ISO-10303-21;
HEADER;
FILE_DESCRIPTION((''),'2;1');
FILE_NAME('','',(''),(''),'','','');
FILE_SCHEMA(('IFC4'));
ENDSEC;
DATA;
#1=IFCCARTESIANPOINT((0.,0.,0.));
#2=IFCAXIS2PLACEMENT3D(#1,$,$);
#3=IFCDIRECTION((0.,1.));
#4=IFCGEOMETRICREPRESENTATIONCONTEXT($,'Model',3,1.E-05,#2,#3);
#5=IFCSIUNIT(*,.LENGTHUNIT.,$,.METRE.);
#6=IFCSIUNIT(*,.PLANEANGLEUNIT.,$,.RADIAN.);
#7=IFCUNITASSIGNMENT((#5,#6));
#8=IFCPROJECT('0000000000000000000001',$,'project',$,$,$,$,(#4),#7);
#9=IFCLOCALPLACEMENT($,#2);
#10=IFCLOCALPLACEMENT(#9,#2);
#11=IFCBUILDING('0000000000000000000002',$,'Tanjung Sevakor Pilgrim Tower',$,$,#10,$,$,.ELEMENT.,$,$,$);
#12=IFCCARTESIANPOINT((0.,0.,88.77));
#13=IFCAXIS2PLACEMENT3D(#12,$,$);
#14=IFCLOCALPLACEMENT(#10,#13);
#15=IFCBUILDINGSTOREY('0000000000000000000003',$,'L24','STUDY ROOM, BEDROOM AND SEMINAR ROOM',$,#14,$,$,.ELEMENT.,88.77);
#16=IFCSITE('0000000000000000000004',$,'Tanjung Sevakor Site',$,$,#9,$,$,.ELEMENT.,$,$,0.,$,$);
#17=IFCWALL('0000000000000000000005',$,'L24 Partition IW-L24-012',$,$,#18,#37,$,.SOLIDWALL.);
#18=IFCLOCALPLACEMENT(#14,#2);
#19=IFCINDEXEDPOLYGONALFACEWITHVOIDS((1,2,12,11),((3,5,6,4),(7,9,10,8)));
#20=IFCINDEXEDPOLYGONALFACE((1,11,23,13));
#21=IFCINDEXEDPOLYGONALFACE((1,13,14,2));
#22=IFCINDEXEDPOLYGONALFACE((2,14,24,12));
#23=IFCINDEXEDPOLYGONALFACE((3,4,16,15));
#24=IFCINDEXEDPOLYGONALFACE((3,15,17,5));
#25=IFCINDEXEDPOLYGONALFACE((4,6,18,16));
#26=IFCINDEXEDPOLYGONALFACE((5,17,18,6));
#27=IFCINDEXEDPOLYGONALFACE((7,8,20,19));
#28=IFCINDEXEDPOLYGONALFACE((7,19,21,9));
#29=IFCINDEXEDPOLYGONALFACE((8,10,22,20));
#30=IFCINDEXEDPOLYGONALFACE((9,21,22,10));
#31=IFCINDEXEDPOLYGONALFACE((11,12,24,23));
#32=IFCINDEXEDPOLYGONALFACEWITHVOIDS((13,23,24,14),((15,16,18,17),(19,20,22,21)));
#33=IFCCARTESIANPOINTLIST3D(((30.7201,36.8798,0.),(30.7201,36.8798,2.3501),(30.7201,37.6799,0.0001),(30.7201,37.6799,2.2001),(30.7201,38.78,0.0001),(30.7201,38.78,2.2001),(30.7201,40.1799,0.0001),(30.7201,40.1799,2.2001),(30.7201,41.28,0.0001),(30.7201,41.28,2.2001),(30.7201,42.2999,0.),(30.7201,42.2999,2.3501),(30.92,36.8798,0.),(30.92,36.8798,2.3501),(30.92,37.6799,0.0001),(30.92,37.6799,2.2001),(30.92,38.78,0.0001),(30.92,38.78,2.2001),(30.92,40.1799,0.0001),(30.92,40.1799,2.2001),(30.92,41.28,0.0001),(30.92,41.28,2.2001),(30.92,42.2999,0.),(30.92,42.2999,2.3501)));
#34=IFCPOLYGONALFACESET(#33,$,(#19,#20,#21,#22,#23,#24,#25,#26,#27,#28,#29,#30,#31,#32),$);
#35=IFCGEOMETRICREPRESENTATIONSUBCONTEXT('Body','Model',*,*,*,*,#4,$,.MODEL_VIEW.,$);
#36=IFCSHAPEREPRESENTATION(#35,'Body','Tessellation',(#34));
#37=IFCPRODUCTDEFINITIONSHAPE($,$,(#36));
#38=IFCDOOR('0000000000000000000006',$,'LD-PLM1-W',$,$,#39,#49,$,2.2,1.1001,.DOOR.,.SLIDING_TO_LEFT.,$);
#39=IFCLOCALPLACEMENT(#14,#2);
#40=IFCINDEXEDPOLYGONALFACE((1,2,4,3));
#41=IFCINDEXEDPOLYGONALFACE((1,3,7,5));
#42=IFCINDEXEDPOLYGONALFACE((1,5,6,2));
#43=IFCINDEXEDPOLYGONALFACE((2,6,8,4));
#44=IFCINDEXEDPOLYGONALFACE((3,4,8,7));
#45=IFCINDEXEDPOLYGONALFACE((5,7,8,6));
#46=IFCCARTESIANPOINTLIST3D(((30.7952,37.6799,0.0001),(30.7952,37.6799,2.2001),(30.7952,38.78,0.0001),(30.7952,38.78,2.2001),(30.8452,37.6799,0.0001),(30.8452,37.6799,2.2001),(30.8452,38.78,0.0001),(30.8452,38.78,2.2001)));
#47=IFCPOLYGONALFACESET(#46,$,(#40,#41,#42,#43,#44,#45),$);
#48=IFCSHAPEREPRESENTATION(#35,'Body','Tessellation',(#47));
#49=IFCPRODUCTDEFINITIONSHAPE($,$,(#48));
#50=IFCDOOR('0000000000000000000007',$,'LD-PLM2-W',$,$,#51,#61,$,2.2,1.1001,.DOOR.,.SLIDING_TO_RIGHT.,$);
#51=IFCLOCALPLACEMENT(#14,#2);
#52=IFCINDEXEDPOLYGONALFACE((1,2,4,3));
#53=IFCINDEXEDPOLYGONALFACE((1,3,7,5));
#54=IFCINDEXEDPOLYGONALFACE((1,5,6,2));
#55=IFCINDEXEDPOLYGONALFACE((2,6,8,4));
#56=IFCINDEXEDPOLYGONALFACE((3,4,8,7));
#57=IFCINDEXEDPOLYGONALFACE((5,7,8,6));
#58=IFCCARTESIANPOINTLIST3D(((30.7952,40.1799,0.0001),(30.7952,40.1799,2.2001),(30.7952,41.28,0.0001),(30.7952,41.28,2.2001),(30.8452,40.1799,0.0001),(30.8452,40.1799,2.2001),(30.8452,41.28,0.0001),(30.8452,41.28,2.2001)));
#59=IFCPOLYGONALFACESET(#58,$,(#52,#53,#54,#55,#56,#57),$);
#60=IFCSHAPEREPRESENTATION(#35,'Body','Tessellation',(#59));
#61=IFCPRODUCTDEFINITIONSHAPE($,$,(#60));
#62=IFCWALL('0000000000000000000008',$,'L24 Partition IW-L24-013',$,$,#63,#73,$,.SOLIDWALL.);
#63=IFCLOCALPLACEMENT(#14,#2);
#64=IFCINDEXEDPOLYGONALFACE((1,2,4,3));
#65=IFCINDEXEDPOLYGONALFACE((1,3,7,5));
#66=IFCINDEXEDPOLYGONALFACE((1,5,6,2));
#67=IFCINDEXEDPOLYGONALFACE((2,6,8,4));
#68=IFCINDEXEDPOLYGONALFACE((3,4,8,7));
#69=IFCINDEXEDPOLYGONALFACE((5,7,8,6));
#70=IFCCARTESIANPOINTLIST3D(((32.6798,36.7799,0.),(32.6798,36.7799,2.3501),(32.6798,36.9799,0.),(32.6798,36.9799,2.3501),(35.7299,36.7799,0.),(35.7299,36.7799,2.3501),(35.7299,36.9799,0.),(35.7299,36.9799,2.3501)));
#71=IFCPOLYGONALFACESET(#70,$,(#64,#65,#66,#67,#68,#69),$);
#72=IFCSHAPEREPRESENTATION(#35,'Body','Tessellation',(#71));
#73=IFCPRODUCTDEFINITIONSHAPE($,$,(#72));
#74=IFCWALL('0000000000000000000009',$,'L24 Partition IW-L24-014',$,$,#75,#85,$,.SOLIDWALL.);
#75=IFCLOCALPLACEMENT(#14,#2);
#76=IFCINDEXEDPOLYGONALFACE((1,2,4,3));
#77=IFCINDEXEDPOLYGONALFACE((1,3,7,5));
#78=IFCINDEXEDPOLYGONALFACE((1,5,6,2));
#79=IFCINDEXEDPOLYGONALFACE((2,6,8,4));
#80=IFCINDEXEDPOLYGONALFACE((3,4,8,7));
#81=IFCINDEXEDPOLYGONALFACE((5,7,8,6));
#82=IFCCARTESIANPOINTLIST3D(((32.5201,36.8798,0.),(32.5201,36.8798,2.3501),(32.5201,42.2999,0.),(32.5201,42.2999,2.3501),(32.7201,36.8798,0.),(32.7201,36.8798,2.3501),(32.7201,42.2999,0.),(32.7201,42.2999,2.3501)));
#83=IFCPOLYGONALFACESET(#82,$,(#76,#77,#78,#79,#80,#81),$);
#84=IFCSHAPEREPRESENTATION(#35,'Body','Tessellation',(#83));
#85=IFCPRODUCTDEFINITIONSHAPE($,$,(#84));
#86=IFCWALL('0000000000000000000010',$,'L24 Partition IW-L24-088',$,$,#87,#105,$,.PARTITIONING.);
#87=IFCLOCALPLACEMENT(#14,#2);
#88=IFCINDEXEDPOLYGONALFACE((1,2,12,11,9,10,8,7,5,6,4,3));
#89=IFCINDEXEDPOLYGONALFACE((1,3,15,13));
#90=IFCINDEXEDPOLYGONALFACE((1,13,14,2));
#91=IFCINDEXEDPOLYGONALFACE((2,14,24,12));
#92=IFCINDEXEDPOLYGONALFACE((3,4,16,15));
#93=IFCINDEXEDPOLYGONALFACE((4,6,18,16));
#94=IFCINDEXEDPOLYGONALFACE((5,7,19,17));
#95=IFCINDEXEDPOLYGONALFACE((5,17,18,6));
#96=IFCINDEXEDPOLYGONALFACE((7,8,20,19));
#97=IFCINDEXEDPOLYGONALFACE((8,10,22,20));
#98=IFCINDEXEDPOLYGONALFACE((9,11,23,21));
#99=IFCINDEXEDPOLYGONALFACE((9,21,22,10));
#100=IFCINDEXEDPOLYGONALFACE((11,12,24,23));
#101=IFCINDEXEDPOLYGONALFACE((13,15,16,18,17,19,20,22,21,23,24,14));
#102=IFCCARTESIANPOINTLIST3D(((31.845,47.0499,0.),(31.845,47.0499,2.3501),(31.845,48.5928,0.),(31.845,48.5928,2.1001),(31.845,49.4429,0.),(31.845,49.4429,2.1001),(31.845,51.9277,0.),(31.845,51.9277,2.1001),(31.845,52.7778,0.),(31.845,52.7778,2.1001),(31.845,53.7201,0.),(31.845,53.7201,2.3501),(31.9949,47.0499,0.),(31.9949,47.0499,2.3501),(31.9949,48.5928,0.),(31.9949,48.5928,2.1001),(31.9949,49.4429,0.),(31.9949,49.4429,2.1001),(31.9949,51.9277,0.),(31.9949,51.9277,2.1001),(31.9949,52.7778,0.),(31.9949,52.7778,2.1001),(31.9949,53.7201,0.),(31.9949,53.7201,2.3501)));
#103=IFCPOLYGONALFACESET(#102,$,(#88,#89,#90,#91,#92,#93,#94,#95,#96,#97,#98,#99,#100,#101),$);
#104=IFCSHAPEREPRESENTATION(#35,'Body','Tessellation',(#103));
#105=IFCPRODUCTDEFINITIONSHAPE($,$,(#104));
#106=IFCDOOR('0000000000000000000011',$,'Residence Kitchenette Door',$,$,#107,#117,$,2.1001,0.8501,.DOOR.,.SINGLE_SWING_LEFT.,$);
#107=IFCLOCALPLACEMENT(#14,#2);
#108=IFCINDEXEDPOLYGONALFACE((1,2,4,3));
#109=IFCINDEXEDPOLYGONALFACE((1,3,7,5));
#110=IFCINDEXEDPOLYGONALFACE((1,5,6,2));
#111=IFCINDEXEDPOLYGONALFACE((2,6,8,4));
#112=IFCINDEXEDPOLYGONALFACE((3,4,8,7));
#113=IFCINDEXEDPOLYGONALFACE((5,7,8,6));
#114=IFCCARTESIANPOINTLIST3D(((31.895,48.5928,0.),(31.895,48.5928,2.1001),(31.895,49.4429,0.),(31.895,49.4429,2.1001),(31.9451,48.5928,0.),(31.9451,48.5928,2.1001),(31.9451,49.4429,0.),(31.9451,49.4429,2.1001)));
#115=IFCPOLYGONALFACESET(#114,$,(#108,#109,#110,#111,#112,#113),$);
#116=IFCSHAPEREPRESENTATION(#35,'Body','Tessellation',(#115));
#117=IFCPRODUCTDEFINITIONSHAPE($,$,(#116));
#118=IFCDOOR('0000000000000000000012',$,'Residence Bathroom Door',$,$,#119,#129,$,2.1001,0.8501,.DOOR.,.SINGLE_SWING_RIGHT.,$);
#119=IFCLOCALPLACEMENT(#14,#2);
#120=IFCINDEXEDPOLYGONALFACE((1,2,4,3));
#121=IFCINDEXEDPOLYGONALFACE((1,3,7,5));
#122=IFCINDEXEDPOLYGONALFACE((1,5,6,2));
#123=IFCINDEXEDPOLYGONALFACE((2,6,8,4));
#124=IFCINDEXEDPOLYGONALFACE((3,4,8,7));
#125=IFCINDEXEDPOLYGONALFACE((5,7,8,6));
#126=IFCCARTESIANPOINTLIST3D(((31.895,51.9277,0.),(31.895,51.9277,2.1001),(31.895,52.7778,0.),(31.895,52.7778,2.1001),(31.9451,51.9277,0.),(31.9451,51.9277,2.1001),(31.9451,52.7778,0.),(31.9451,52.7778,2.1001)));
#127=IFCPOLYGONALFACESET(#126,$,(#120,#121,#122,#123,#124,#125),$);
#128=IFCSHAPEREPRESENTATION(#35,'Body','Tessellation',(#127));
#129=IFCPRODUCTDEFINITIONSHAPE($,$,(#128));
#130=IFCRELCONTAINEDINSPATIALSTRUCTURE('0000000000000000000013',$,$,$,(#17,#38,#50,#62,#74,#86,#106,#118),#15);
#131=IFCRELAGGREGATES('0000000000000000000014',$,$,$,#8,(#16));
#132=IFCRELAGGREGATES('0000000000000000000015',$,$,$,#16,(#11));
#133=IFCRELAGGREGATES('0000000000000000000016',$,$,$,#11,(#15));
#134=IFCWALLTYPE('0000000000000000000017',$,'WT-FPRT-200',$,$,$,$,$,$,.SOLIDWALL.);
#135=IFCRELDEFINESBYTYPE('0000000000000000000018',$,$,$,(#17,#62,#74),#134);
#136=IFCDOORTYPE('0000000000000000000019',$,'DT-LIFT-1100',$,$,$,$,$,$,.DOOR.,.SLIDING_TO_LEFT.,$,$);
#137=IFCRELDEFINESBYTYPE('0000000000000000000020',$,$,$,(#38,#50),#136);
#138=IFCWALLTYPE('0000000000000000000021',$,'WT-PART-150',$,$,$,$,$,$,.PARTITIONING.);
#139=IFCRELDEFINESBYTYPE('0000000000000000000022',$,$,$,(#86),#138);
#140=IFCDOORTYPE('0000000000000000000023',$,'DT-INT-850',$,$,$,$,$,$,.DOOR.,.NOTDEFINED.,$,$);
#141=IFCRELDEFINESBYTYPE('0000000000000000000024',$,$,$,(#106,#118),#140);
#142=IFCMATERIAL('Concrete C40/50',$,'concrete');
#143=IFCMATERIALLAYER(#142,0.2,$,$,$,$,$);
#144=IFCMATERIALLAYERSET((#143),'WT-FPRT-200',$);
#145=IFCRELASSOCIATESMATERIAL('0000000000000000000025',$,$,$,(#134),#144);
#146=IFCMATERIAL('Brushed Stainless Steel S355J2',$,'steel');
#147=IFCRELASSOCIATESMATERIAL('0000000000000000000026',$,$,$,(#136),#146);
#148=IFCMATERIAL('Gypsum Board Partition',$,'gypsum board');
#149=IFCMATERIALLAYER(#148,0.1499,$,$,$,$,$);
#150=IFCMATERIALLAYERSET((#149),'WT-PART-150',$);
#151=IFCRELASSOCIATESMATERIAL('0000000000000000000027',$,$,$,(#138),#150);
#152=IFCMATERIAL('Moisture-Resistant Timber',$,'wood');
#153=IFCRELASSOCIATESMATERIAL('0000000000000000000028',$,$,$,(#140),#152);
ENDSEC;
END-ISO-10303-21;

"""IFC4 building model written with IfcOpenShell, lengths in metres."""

from ifc_helpers import new_model, si_unit, direction, frame, frame_2d, origin, place, context, subcontext, project, spatial, rectangle, extrude, material, layer, layer_set, type_object, element, fill, save


model = new_model("IFC4")

# Units and contexts
model_context = context("Model", 3, precision=1e-05, world=origin(), true_north=direction((0.0, 1.0)))
body_context = subcontext(model_context, "Body", "Model", "MODEL_VIEW")
ifc_project = project(units=[si_unit("LENGTHUNIT", "METRE"), si_unit("PLANEANGLEUNIT", "RADIAN")], contexts=[model_context])

# Site, building, storey
site_placement = place(None, origin())
site = spatial("IfcSite", under=ifc_project, at=site_placement, Name="Tanjung Sevakor Site", CompositionType="ELEMENT", RefElevation=0.0)
building_placement = place(site_placement, origin())
building = spatial("IfcBuilding", under=site, at=building_placement, Name="Tanjung Sevakor Pilgrim Tower", CompositionType="ELEMENT")
storey_placement = place(building_placement, frame((0.0, 0.0, 88.77)))
storey = spatial("IfcBuildingStorey", under=building, at=storey_placement, Name="L24", Description="STUDY ROOM, BEDROOM AND SEMINAR ROOM", CompositionType="ELEMENT", Elevation=88.77)

# Wall, openings, doors
ifc_material_1 = material(Name="Concrete C40/50", Category="concrete")
ifc_layer_1 = layer(ifc_material_1, 0.2)
ifc_layer_set_1 = layer_set([ifc_layer_1], Name="WT-FPRT-200")
wall_type_1 = type_object("IfcWallType", Name="WT-FPRT-200", PredefinedType="SOLIDWALL", material=ifc_layer_set_1)
wall_1_placement = place(storey_placement, frame((30.8201, 36.8799, 0.0), z_axis=(0.0, 0.0, 1.0), x_axis=(0.0, 1.0, 0.0)))
wall_1 = element("IfcWall", 1, at=wall_1_placement, inside=storey, type_object=wall_type_1, Name="L24 Partition IW-L24-012", PredefinedType="SOLIDWALL", context=body_context, shape_type="SweptSolid", body=[
    extrude(rectangle(XDim=5.4202, YDim=0.2, at=frame_2d((2.71, 0.0))), origin(), (0.0, 0.0, 1.0), 2.3501),
])
opening_1_placement = place(wall_1_placement, frame((0.8, 0.0, 0.0)))
opening_1 = element("IfcOpeningElement", 2, at=opening_1_placement, cuts=wall_1, PredefinedType="OPENING", context=body_context, shape_type="SweptSolid", body=[
    extrude(rectangle(XDim=1.1001, YDim=2.2, at=frame_2d((0.55, 1.1001))), frame((0.0, 0.1099, 0.0), z_axis=(0.0, -1.0, 0.0), x_axis=(1.0, 0.0, 0.0)), (0.0, 0.0, 1.0), 0.22),
])
opening_2_placement = place(wall_1_placement, frame((3.3, 0.0, 0.0)))
opening_2 = element("IfcOpeningElement", 3, at=opening_2_placement, cuts=wall_1, PredefinedType="OPENING", context=body_context, shape_type="SweptSolid", body=[
    extrude(rectangle(XDim=1.1001, YDim=2.2, at=frame_2d((0.55, 1.1001))), frame((0.0, 0.1099, 0.0), z_axis=(0.0, -1.0, 0.0), x_axis=(1.0, 0.0, 0.0)), (0.0, 0.0, 1.0), 0.22),
])
ifc_material_2 = material(Name="Brushed Stainless Steel S355J2", Category="steel")
door_type_1 = type_object("IfcDoorType", Name="DT-LIFT-1100", OperationType="SLIDING_TO_LEFT", PredefinedType="DOOR", material=ifc_material_2)
door_1_placement = place(opening_1_placement, origin())
door_1 = element("IfcDoor", 4, at=door_1_placement, inside=storey, type_object=door_type_1, Name="LD-PLM1-W", OperationType="SLIDING_TO_LEFT", OverallHeight=2.2, OverallWidth=1.1001, PredefinedType="DOOR", context=body_context, shape_type="SweptSolid", body=[
    extrude(rectangle(XDim=1.1001, YDim=2.2, at=frame_2d((0.55, 1.1001))), frame((0.0, 0.0249, 0.0), z_axis=(0.0, -1.0, 0.0), x_axis=(1.0, 0.0, 0.0)), (0.0, 0.0, 1.0), 0.05),
])
fill(opening_1, door_1)
door_2_placement = place(opening_2_placement, origin())
door_2 = element("IfcDoor", 5, at=door_2_placement, inside=storey, type_object=door_type_1, Name="LD-PLM2-W", OperationType="SLIDING_TO_RIGHT", OverallHeight=2.2, OverallWidth=1.1001, PredefinedType="DOOR", context=body_context, shape_type="SweptSolid", body=[
    extrude(rectangle(XDim=1.1001, YDim=2.2, at=frame_2d((0.55, 1.1001))), frame((0.0, 0.0249, 0.0), z_axis=(0.0, -1.0, 0.0), x_axis=(1.0, 0.0, 0.0)), (0.0, 0.0, 1.0), 0.05),
])
fill(opening_2, door_2)

# Walls
wall_2_placement = place(storey_placement, frame((32.6799, 36.8799, 0.0), z_axis=(0.0, 0.0, 1.0), x_axis=(1.0, 0.0, 0.0)))
element("IfcWall", 6, at=wall_2_placement, inside=storey, type_object=wall_type_1, Name="L24 Partition IW-L24-013", PredefinedType="SOLIDWALL", context=body_context, shape_type="SweptSolid", body=[
    extrude(rectangle(XDim=3.05, YDim=0.2, at=frame_2d((1.5249, 0.0))), origin(), (0.0, 0.0, 1.0), 2.3501),
])
wall_3_placement = place(storey_placement, frame((32.6201, 36.8799, 0.0), z_axis=(0.0, 0.0, 1.0), x_axis=(0.0, 1.0, 0.0)))
element("IfcWall", 7, at=wall_3_placement, inside=storey, type_object=wall_type_1, Name="L24 Partition IW-L24-014", PredefinedType="SOLIDWALL", context=body_context, shape_type="SweptSolid", body=[
    extrude(rectangle(XDim=5.4202, YDim=0.2, at=frame_2d((2.71, 0.0))), origin(), (0.0, 0.0, 1.0), 2.3501),
])

# Wall, openings, doors
ifc_material_3 = material(Name="Gypsum Board Partition", Category="gypsum board")
ifc_layer_2 = layer(ifc_material_3, 0.1499)
ifc_layer_set_2 = layer_set([ifc_layer_2], Name="WT-PART-150")
wall_type_2 = type_object("IfcWallType", Name="WT-PART-150", PredefinedType="PARTITIONING", material=ifc_layer_set_2)
wall_4_placement = place(storey_placement, frame((31.9199, 47.05, 0.0), z_axis=(0.0, 0.0, 1.0), x_axis=(0.0, 1.0, 0.0)))
wall_4 = element("IfcWall", 8, at=wall_4_placement, inside=storey, type_object=wall_type_2, Name="L24 Partition IW-L24-088", PredefinedType="PARTITIONING", context=body_context, shape_type="SweptSolid", body=[
    extrude(rectangle(XDim=6.6702, YDim=0.1499, at=frame_2d((3.335, 0.0))), origin(), (0.0, 0.0, 1.0), 2.3501),
])
opening_3_placement = place(wall_4_placement, frame((1.5427, 0.0, 0.0)))
opening_3 = element("IfcOpeningElement", 9, at=opening_3_placement, cuts=wall_4, PredefinedType="OPENING", context=body_context, shape_type="SweptSolid", body=[
    extrude(rectangle(XDim=0.8501, YDim=2.1001, at=frame_2d((0.425, 1.05))), frame((0.0, 0.085, 0.0), z_axis=(0.0, -1.0, 0.0), x_axis=(1.0, 0.0, 0.0)), (0.0, 0.0, 1.0), 0.1699),
])
opening_4_placement = place(wall_4_placement, frame((4.8777, 0.0, 0.0)))
opening_4 = element("IfcOpeningElement", 10, at=opening_4_placement, cuts=wall_4, PredefinedType="OPENING", context=body_context, shape_type="SweptSolid", body=[
    extrude(rectangle(XDim=0.8501, YDim=2.1001, at=frame_2d((0.425, 1.05))), frame((0.0, 0.085, 0.0), z_axis=(0.0, -1.0, 0.0), x_axis=(1.0, 0.0, 0.0)), (0.0, 0.0, 1.0), 0.1699),
])
ifc_material_4 = material(Name="Moisture-Resistant Timber", Category="wood")
door_type_2 = type_object("IfcDoorType", Name="DT-INT-850", OperationType="NOTDEFINED", PredefinedType="DOOR", material=ifc_material_4)
door_3_placement = place(opening_3_placement, origin())
door_3 = element("IfcDoor", 11, at=door_3_placement, inside=storey, type_object=door_type_2, Name="Residence Kitchenette Door", OperationType="SINGLE_SWING_LEFT", OverallHeight=2.1001, OverallWidth=0.8501, PredefinedType="DOOR", context=body_context, shape_type="SweptSolid", body=[
    extrude(rectangle(XDim=0.8501, YDim=2.1001, at=frame_2d((0.425, 1.05))), frame((0.0, 0.0249, 0.0), z_axis=(0.0, -1.0, 0.0), x_axis=(1.0, 0.0, 0.0)), (0.0, 0.0, 1.0), 0.05),
])
fill(opening_3, door_3)
door_4_placement = place(opening_4_placement, origin())
door_4 = element("IfcDoor", 12, at=door_4_placement, inside=storey, type_object=door_type_2, Name="Residence Bathroom Door", OperationType="SINGLE_SWING_RIGHT", OverallHeight=2.1001, OverallWidth=0.8501, PredefinedType="DOOR", context=body_context, shape_type="SweptSolid", body=[
    extrude(rectangle(XDim=0.8501, YDim=2.1001, at=frame_2d((0.425, 1.05))), frame((0.0, 0.0249, 0.0), z_axis=(0.0, -1.0, 0.0), x_axis=(1.0, 0.0, 0.0)), (0.0, 0.0, 1.0), 0.05),
])
fill(opening_4, door_4)

save(model, "model.ifc")
